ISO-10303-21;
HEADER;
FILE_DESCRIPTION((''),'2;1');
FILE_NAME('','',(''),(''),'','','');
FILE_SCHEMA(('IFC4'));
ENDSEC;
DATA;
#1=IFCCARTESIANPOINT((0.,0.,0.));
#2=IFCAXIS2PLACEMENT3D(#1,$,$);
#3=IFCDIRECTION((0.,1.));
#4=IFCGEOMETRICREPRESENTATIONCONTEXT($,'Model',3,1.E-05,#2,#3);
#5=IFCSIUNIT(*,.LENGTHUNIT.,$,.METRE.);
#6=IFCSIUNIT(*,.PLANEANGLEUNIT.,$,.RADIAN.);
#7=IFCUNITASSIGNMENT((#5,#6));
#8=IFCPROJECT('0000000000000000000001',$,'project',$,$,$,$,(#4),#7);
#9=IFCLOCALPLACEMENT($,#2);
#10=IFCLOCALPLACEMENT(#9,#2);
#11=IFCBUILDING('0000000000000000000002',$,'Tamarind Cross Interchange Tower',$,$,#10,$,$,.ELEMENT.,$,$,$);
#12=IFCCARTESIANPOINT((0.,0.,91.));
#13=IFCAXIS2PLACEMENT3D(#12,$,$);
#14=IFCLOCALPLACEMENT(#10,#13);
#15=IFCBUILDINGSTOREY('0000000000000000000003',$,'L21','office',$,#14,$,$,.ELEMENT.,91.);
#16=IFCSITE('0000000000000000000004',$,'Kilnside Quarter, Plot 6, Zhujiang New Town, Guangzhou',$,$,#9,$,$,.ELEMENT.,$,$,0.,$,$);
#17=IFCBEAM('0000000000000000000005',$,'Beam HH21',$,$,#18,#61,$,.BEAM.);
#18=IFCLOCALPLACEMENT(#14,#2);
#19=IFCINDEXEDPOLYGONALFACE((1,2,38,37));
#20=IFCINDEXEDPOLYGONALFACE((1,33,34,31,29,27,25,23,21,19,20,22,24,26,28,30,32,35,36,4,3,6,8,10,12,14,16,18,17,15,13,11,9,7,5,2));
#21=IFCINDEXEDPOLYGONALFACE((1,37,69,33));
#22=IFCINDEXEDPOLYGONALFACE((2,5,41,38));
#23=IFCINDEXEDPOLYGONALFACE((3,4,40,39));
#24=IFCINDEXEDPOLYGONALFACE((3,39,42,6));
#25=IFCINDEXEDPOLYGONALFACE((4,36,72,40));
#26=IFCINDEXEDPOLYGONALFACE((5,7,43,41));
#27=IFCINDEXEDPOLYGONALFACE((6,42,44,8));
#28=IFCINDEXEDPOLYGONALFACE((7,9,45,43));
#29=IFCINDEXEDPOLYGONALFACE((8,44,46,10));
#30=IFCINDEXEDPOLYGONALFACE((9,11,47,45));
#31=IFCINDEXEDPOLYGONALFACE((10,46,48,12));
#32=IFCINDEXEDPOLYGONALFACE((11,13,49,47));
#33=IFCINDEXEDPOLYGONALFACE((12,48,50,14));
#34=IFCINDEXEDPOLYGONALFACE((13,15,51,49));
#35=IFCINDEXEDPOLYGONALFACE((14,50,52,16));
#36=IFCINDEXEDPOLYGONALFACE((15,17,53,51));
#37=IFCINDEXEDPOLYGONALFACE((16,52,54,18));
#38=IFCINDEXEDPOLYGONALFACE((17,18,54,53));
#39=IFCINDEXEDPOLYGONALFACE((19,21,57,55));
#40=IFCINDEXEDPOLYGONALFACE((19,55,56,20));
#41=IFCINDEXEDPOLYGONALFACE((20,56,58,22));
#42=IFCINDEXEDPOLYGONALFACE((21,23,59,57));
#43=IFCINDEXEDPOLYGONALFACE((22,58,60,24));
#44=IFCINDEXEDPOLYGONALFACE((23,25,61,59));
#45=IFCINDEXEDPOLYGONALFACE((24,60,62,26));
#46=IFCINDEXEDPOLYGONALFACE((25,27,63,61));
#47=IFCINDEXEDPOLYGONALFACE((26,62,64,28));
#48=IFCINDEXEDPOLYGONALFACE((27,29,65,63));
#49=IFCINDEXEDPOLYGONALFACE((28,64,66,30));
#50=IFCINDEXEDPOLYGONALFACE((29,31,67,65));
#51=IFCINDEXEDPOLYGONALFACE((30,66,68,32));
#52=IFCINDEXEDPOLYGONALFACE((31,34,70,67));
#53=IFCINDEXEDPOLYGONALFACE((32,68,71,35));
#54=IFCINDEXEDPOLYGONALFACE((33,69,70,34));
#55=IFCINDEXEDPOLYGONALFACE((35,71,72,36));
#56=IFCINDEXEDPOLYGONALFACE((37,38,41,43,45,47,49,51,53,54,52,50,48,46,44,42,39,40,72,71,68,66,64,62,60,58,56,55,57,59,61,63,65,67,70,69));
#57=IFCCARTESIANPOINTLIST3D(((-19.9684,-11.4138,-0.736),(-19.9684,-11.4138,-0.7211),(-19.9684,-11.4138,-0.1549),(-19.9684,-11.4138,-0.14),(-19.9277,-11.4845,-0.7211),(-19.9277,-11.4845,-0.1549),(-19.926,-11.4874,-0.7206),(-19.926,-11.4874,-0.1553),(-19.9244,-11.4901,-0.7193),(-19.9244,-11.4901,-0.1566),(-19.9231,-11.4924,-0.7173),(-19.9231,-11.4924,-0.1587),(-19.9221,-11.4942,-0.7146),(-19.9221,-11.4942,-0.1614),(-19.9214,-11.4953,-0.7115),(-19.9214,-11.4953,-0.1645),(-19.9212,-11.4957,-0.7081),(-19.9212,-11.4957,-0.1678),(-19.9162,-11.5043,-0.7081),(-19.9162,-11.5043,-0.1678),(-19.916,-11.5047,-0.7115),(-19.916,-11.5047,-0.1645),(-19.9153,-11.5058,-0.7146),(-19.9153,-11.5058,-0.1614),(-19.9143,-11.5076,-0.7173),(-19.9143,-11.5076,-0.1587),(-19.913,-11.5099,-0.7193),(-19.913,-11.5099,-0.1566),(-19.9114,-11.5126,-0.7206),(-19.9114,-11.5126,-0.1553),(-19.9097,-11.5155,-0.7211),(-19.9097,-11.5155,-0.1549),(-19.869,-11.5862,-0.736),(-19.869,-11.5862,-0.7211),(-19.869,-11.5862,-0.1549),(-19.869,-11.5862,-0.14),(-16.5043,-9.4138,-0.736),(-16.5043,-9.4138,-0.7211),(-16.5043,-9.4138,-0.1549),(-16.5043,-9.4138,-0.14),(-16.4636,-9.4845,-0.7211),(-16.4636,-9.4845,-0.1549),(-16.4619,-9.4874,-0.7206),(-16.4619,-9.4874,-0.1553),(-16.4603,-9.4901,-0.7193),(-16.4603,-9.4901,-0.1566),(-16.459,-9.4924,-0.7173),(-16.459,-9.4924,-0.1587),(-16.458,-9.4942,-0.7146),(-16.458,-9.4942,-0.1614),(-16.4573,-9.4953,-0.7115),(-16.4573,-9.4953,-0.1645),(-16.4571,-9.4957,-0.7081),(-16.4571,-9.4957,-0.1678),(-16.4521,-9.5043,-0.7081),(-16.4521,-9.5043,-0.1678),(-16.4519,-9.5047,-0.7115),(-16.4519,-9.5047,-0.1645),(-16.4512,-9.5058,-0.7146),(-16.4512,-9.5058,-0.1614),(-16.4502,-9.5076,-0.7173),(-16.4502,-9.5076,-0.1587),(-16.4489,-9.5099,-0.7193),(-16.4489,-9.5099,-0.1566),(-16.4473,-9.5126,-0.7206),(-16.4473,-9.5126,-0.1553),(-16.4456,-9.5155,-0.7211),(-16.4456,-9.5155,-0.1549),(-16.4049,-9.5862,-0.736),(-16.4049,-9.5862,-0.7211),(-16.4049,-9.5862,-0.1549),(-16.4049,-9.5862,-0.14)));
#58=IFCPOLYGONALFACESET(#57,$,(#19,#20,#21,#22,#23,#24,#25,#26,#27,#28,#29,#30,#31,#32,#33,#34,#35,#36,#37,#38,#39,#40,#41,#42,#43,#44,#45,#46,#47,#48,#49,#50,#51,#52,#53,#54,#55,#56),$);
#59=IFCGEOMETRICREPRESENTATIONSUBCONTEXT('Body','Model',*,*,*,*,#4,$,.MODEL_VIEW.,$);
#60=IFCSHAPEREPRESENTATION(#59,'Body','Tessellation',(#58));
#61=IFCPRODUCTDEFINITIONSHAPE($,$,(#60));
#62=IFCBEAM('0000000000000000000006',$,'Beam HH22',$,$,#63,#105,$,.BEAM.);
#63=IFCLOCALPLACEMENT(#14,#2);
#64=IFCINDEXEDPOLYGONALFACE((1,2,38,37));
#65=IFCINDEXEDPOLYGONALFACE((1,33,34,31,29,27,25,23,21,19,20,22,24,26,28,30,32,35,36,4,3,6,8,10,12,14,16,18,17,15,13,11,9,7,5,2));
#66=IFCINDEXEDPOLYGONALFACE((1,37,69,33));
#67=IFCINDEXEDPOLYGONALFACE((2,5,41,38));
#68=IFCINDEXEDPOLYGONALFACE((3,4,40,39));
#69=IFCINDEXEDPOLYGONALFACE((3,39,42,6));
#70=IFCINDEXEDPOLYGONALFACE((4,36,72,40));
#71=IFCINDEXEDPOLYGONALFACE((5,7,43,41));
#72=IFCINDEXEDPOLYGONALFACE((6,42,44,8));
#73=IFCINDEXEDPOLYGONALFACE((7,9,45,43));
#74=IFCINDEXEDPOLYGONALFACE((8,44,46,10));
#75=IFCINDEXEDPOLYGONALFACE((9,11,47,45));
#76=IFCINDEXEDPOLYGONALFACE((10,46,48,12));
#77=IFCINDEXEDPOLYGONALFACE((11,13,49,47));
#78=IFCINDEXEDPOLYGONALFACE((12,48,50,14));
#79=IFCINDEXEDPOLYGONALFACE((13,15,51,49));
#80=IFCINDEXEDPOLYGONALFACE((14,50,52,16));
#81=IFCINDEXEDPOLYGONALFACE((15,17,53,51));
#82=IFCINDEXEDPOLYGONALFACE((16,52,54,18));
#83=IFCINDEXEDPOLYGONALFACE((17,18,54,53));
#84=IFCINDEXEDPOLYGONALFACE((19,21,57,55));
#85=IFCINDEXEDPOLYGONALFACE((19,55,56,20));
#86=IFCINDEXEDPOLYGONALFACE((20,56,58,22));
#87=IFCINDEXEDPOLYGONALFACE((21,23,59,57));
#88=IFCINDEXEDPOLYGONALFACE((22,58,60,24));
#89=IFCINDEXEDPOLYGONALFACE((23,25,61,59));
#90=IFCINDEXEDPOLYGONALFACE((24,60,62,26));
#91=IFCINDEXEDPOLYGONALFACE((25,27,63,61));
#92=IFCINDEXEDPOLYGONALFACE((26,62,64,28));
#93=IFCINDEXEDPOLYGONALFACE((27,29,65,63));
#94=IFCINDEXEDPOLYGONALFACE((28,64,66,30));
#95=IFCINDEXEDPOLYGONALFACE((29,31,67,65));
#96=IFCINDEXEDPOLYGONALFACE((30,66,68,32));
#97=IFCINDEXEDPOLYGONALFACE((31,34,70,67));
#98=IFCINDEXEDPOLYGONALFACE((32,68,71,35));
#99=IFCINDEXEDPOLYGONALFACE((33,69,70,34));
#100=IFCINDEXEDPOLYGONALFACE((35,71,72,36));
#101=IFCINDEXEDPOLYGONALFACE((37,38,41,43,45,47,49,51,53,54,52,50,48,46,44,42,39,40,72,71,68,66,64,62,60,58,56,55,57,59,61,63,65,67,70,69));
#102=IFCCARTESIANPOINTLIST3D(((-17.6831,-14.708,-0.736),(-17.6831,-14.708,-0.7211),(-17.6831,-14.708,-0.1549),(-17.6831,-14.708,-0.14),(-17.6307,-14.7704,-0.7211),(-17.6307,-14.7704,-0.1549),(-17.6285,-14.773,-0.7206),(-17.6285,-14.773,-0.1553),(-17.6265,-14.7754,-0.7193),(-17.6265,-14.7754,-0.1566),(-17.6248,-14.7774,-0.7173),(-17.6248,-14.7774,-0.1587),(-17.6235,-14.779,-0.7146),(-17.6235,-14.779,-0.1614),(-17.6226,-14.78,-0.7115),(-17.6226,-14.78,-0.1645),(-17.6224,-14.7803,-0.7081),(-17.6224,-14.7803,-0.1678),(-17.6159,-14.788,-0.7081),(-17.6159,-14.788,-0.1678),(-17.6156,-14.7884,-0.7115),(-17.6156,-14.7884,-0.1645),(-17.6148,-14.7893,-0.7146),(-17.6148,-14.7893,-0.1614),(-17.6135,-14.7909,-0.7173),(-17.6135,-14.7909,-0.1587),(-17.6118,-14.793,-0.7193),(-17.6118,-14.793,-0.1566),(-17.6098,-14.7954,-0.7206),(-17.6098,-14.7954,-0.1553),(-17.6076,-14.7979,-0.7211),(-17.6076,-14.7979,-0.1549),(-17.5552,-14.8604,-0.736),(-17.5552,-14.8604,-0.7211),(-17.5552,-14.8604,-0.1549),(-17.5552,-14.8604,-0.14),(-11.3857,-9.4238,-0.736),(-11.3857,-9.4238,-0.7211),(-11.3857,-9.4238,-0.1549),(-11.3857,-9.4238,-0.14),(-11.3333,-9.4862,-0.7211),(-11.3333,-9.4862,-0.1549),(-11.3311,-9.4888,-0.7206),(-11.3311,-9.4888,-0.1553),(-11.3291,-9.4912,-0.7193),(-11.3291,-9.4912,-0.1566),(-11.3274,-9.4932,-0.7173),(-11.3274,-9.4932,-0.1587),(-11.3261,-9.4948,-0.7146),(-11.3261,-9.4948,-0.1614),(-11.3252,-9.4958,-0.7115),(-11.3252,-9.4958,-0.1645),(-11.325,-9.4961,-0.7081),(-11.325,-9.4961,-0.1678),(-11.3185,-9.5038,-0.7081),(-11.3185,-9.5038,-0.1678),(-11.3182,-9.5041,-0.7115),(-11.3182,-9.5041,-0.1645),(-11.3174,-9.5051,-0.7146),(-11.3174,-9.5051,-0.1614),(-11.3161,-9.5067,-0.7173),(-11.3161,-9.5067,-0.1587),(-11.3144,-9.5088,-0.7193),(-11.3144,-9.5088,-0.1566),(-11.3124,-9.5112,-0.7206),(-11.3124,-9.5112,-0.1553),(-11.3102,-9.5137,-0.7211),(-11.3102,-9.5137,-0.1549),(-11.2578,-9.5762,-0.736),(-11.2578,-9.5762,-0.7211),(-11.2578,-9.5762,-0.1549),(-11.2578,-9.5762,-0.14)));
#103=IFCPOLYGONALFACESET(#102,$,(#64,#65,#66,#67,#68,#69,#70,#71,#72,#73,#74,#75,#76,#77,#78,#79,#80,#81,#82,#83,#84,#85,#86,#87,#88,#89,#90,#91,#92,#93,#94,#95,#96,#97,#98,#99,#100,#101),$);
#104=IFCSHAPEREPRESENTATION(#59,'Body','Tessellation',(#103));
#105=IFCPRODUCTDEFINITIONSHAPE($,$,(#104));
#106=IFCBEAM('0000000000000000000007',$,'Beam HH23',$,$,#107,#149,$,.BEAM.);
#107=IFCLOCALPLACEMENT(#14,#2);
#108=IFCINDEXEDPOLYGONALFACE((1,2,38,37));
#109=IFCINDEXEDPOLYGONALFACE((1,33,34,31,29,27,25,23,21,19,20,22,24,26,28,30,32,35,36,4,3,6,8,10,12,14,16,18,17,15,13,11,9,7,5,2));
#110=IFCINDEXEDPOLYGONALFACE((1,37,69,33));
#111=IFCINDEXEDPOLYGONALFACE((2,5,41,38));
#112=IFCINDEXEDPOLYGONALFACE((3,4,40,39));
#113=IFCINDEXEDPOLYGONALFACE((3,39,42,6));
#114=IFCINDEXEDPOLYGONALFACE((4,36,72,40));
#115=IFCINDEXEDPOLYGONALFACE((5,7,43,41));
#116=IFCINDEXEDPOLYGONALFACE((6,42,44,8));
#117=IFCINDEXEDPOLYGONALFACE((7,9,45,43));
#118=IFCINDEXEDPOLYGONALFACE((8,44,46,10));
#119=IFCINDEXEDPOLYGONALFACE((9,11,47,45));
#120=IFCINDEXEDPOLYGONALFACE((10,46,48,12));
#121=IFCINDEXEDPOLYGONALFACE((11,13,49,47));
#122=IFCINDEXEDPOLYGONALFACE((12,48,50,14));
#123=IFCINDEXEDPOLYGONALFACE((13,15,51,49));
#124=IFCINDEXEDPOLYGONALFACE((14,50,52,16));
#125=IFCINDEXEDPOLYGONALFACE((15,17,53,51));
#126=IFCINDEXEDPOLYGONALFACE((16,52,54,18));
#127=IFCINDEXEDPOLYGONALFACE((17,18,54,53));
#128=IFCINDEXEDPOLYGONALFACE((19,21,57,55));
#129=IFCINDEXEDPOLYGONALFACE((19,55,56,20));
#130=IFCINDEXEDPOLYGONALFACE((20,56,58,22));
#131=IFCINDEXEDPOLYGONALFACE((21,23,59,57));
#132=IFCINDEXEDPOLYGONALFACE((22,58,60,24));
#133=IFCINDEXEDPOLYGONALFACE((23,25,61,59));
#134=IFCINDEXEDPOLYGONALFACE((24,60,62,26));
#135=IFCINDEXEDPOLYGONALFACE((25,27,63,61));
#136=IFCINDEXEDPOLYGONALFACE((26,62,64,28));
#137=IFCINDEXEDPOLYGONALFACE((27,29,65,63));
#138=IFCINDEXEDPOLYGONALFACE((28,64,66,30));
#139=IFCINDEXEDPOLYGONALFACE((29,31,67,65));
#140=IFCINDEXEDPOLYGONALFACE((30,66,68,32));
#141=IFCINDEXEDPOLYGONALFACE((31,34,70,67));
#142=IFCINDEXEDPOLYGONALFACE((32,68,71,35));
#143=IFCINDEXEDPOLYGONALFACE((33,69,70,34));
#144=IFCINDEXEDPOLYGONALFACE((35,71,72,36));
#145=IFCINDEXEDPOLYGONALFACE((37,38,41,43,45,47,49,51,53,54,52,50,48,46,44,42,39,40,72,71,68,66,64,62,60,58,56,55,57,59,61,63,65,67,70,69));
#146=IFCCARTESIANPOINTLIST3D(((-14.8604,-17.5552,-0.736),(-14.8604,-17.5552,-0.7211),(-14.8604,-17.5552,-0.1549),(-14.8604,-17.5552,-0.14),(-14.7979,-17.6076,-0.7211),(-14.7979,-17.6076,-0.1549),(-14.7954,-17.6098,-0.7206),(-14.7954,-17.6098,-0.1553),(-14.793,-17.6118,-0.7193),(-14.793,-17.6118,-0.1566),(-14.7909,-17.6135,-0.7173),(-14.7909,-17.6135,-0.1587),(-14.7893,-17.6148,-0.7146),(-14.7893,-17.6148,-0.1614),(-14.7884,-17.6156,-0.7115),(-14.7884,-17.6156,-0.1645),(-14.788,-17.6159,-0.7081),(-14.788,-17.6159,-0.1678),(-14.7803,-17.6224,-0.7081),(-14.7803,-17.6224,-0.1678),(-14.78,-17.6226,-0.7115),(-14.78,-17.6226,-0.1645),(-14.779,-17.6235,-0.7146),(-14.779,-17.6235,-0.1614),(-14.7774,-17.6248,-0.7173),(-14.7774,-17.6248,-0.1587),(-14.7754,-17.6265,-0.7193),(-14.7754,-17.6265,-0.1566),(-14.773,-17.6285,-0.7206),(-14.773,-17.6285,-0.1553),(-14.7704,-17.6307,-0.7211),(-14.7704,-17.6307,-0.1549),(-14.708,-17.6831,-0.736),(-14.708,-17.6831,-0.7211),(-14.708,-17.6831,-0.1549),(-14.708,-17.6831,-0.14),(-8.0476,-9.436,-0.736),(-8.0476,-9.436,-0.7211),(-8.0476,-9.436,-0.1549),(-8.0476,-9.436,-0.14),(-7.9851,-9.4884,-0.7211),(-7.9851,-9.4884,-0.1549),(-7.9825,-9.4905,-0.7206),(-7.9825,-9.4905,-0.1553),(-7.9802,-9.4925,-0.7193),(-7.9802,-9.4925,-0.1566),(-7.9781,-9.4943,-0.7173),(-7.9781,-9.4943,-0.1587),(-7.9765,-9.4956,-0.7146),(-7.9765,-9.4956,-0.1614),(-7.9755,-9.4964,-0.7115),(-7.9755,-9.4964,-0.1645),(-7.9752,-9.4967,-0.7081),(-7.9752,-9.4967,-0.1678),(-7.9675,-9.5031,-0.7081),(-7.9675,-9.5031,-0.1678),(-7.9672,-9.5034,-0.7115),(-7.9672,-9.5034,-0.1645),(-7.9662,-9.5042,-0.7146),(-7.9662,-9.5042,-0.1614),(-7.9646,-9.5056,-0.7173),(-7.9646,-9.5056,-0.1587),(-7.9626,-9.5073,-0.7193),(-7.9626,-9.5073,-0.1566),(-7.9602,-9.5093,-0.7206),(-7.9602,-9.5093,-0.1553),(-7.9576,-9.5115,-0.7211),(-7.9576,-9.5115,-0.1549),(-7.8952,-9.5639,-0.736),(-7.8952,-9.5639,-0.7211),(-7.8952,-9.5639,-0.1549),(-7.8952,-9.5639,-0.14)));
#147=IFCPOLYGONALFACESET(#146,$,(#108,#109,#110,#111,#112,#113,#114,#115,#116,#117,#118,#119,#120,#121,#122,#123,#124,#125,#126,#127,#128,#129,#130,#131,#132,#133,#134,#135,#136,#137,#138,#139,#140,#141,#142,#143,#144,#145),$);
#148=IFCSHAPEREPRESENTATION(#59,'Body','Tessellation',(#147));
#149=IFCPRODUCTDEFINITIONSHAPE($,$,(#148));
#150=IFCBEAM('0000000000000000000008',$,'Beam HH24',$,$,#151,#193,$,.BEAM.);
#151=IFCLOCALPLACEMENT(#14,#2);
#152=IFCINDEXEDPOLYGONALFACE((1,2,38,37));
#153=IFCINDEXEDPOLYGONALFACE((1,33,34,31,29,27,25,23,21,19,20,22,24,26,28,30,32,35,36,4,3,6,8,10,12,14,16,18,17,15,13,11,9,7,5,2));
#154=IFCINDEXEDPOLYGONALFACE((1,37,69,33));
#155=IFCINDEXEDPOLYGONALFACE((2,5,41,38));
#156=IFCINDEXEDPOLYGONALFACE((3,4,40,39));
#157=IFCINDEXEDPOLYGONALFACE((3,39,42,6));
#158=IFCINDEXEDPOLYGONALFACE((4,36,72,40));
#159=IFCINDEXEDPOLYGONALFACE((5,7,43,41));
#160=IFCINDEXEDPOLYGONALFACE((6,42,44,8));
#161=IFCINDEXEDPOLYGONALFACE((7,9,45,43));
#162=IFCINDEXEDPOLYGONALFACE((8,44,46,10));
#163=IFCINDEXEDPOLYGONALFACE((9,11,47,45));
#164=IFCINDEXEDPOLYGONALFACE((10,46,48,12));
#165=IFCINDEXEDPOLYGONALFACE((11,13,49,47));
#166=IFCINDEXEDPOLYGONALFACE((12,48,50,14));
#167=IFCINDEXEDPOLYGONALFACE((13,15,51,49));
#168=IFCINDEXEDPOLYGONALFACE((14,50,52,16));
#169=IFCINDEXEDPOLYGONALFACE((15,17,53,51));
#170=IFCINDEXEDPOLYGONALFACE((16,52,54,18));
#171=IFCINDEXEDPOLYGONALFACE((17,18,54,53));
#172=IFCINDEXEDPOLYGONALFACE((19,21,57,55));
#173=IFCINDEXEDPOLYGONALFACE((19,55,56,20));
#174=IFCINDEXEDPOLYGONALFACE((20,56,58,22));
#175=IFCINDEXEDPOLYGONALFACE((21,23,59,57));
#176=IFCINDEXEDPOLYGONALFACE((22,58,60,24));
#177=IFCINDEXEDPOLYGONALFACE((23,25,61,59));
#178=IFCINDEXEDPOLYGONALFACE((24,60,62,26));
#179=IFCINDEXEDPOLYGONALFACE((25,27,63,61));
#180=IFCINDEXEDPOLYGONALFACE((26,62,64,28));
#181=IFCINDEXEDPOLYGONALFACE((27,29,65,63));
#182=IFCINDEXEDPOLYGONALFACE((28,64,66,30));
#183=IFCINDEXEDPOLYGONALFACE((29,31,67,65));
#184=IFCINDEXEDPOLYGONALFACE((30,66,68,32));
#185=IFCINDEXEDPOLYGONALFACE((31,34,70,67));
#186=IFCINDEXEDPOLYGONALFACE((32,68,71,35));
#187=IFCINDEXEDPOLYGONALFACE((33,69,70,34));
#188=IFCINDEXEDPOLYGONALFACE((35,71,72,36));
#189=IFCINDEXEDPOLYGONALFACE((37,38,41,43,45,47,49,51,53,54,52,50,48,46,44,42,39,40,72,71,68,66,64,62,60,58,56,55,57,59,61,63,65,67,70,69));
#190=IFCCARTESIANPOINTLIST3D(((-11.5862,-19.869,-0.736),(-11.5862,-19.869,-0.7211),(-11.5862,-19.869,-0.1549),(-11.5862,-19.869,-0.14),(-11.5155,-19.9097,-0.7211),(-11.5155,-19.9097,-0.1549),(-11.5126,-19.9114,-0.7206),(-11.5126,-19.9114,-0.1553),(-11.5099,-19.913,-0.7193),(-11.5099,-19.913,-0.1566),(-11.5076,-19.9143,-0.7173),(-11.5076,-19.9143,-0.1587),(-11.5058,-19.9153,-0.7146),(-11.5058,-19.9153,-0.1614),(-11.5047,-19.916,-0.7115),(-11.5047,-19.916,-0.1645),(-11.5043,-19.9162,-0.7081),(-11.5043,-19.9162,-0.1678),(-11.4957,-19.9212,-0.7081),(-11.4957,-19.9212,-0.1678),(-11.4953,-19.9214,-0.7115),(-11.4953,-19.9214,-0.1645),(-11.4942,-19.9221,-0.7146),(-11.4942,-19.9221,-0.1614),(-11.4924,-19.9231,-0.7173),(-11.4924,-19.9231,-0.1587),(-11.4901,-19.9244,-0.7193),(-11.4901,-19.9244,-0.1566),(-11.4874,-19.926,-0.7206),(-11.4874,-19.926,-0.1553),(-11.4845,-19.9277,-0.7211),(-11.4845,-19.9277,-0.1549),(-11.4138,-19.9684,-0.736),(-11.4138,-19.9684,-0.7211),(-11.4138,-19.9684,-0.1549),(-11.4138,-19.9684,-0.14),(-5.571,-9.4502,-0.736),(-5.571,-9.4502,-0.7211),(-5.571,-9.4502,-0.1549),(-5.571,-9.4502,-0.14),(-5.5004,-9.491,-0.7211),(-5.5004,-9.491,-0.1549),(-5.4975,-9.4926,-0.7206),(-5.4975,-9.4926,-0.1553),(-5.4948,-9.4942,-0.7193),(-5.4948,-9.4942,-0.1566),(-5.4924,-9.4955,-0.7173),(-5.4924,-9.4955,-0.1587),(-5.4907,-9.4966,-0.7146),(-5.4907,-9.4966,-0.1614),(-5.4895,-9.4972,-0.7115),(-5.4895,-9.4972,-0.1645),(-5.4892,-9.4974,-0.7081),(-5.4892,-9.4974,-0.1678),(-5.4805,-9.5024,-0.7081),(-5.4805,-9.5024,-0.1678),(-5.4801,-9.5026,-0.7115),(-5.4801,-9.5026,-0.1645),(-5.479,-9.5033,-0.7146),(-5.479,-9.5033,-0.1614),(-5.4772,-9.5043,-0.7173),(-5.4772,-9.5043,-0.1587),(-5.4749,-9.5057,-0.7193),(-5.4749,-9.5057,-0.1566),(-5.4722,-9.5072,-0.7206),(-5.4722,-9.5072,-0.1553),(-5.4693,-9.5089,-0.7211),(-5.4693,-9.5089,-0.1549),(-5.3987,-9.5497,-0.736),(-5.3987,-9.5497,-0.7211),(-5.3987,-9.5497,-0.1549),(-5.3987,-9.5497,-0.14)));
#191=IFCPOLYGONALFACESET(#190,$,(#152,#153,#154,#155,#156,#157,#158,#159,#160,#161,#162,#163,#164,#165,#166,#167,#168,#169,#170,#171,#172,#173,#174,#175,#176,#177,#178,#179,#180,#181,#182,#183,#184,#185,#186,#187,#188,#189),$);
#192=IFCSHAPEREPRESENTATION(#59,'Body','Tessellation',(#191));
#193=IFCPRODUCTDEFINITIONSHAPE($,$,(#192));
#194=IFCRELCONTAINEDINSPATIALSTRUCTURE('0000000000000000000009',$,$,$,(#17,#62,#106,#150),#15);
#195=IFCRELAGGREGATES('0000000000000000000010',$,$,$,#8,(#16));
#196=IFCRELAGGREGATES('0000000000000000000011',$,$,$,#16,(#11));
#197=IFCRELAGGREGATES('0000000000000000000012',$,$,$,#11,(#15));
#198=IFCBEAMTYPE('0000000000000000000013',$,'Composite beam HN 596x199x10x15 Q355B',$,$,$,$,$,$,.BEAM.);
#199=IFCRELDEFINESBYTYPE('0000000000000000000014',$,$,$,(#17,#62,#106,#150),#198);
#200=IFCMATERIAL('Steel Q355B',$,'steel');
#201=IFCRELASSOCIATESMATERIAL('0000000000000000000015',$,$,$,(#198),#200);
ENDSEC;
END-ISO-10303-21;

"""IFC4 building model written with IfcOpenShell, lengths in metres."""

from ifc_helpers import new_model, si_unit, direction, frame, origin, origin_2d, place, context, subcontext, project, spatial, i_section, extrude, material, material_profile, profile_set, type_object, element, save


model = new_model("IFC4")

# Units and contexts
model_context = context("Model", 3, precision=1e-05, world=origin(), true_north=direction((0.0, 1.0)))
body_context = subcontext(model_context, "Body", "Model", "MODEL_VIEW")
ifc_project = project(units=[si_unit("LENGTHUNIT", "METRE"), si_unit("PLANEANGLEUNIT", "RADIAN")], contexts=[model_context])

# Site, building, storey
site_placement = place(None, origin())
site = spatial("IfcSite", under=ifc_project, at=site_placement, Name="Kilnside Quarter, Plot 6, Zhujiang New Town, Guangzhou", CompositionType="ELEMENT", RefElevation=0.0)
building_placement = place(site_placement, origin())
building = spatial("IfcBuilding", under=site, at=building_placement, Name="Tamarind Cross Interchange Tower", CompositionType="ELEMENT")
storey_placement = place(building_placement, frame((0.0, 0.0, 91.0)))
storey = spatial("IfcBuildingStorey", under=building, at=storey_placement, Name="L21", Description="office", CompositionType="ELEMENT", Elevation=91.0)

# Beams
ifc_material_1 = material(Name="Steel Q355B", Category="steel")
ifc_material_profile_1 = material_profile(ifc_material_1, i_section(OverallWidth=0.199, OverallDepth=0.5959, WebThickness=0.01, FlangeThickness=0.0149, FilletRadius=0.0129, at=origin_2d()), Name="HN 596x199x10x15")
ifc_profile_set_1 = profile_set([ifc_material_profile_1], Name="Steel Q355B")
beam_type = type_object("IfcBeamType", Name="Composite beam HN 596x199x10x15 Q355B", PredefinedType="BEAM", material=ifc_profile_set_1)
beam_1_placement = place(storey_placement, frame((-19.9187, -11.5, -0.438), z_axis=(0.866026, 0.499999, 0.0), x_axis=(-0.499999, 0.866026, 0.0)))
element("IfcBeam", 1, at=beam_1_placement, inside=storey, type_object=beam_type, Name="Beam HH21", PredefinedType="BEAM", context=body_context, shape_type="SweptSolid", body=[
    extrude(i_section(OverallWidth=0.199, OverallDepth=0.5959, WebThickness=0.01, FlangeThickness=0.0149, FilletRadius=0.0129, at=origin_2d()), origin(), (0.0, 0.0, 1.0), 4.0),
])
beam_2_placement = place(storey_placement, frame((-17.6191, -14.7842, -0.438), z_axis=(0.766041, 0.642792, 0.0), x_axis=(-0.642792, 0.766041, 0.0)))
element("IfcBeam", 2, at=beam_2_placement, inside=storey, type_object=beam_type, Name="Beam HH22", PredefinedType="BEAM", context=body_context, shape_type="SweptSolid", body=[
    extrude(i_section(OverallWidth=0.199, OverallDepth=0.5959, WebThickness=0.01, FlangeThickness=0.0149, FilletRadius=0.0129, at=origin_2d()), origin(), (0.0, 0.0, 1.0), 8.2207),
])
beam_3_placement = place(storey_placement, frame((-14.7842, -17.6191, -0.438), z_axis=(0.642786, 0.766046, 0.0), x_axis=(-0.766046, 0.642786, 0.0)))
element("IfcBeam", 3, at=beam_3_placement, inside=storey, type_object=beam_type, Name="Beam HH23", PredefinedType="BEAM", context=body_context, shape_type="SweptSolid", body=[
    extrude(i_section(OverallWidth=0.199, OverallDepth=0.5959, WebThickness=0.01, FlangeThickness=0.0149, FilletRadius=0.0129, at=origin_2d()), origin(), (0.0, 0.0, 1.0), 10.5989),
])
beam_4_placement = place(storey_placement, frame((-11.5, -19.9187, -0.438), z_axis=(0.499994, 0.866029, 0.0), x_axis=(-0.866029, 0.499994, 0.0)))
element("IfcBeam", 4, at=beam_4_placement, inside=storey, type_object=beam_type, Name="Beam HH24", PredefinedType="BEAM", context=body_context, shape_type="SweptSolid", body=[
    extrude(i_section(OverallWidth=0.199, OverallDepth=0.5959, WebThickness=0.01, FlangeThickness=0.0149, FilletRadius=0.0129, at=origin_2d()), origin(), (0.0, 0.0, 1.0), 12.0305),
])

save(model, "model.ifc")
